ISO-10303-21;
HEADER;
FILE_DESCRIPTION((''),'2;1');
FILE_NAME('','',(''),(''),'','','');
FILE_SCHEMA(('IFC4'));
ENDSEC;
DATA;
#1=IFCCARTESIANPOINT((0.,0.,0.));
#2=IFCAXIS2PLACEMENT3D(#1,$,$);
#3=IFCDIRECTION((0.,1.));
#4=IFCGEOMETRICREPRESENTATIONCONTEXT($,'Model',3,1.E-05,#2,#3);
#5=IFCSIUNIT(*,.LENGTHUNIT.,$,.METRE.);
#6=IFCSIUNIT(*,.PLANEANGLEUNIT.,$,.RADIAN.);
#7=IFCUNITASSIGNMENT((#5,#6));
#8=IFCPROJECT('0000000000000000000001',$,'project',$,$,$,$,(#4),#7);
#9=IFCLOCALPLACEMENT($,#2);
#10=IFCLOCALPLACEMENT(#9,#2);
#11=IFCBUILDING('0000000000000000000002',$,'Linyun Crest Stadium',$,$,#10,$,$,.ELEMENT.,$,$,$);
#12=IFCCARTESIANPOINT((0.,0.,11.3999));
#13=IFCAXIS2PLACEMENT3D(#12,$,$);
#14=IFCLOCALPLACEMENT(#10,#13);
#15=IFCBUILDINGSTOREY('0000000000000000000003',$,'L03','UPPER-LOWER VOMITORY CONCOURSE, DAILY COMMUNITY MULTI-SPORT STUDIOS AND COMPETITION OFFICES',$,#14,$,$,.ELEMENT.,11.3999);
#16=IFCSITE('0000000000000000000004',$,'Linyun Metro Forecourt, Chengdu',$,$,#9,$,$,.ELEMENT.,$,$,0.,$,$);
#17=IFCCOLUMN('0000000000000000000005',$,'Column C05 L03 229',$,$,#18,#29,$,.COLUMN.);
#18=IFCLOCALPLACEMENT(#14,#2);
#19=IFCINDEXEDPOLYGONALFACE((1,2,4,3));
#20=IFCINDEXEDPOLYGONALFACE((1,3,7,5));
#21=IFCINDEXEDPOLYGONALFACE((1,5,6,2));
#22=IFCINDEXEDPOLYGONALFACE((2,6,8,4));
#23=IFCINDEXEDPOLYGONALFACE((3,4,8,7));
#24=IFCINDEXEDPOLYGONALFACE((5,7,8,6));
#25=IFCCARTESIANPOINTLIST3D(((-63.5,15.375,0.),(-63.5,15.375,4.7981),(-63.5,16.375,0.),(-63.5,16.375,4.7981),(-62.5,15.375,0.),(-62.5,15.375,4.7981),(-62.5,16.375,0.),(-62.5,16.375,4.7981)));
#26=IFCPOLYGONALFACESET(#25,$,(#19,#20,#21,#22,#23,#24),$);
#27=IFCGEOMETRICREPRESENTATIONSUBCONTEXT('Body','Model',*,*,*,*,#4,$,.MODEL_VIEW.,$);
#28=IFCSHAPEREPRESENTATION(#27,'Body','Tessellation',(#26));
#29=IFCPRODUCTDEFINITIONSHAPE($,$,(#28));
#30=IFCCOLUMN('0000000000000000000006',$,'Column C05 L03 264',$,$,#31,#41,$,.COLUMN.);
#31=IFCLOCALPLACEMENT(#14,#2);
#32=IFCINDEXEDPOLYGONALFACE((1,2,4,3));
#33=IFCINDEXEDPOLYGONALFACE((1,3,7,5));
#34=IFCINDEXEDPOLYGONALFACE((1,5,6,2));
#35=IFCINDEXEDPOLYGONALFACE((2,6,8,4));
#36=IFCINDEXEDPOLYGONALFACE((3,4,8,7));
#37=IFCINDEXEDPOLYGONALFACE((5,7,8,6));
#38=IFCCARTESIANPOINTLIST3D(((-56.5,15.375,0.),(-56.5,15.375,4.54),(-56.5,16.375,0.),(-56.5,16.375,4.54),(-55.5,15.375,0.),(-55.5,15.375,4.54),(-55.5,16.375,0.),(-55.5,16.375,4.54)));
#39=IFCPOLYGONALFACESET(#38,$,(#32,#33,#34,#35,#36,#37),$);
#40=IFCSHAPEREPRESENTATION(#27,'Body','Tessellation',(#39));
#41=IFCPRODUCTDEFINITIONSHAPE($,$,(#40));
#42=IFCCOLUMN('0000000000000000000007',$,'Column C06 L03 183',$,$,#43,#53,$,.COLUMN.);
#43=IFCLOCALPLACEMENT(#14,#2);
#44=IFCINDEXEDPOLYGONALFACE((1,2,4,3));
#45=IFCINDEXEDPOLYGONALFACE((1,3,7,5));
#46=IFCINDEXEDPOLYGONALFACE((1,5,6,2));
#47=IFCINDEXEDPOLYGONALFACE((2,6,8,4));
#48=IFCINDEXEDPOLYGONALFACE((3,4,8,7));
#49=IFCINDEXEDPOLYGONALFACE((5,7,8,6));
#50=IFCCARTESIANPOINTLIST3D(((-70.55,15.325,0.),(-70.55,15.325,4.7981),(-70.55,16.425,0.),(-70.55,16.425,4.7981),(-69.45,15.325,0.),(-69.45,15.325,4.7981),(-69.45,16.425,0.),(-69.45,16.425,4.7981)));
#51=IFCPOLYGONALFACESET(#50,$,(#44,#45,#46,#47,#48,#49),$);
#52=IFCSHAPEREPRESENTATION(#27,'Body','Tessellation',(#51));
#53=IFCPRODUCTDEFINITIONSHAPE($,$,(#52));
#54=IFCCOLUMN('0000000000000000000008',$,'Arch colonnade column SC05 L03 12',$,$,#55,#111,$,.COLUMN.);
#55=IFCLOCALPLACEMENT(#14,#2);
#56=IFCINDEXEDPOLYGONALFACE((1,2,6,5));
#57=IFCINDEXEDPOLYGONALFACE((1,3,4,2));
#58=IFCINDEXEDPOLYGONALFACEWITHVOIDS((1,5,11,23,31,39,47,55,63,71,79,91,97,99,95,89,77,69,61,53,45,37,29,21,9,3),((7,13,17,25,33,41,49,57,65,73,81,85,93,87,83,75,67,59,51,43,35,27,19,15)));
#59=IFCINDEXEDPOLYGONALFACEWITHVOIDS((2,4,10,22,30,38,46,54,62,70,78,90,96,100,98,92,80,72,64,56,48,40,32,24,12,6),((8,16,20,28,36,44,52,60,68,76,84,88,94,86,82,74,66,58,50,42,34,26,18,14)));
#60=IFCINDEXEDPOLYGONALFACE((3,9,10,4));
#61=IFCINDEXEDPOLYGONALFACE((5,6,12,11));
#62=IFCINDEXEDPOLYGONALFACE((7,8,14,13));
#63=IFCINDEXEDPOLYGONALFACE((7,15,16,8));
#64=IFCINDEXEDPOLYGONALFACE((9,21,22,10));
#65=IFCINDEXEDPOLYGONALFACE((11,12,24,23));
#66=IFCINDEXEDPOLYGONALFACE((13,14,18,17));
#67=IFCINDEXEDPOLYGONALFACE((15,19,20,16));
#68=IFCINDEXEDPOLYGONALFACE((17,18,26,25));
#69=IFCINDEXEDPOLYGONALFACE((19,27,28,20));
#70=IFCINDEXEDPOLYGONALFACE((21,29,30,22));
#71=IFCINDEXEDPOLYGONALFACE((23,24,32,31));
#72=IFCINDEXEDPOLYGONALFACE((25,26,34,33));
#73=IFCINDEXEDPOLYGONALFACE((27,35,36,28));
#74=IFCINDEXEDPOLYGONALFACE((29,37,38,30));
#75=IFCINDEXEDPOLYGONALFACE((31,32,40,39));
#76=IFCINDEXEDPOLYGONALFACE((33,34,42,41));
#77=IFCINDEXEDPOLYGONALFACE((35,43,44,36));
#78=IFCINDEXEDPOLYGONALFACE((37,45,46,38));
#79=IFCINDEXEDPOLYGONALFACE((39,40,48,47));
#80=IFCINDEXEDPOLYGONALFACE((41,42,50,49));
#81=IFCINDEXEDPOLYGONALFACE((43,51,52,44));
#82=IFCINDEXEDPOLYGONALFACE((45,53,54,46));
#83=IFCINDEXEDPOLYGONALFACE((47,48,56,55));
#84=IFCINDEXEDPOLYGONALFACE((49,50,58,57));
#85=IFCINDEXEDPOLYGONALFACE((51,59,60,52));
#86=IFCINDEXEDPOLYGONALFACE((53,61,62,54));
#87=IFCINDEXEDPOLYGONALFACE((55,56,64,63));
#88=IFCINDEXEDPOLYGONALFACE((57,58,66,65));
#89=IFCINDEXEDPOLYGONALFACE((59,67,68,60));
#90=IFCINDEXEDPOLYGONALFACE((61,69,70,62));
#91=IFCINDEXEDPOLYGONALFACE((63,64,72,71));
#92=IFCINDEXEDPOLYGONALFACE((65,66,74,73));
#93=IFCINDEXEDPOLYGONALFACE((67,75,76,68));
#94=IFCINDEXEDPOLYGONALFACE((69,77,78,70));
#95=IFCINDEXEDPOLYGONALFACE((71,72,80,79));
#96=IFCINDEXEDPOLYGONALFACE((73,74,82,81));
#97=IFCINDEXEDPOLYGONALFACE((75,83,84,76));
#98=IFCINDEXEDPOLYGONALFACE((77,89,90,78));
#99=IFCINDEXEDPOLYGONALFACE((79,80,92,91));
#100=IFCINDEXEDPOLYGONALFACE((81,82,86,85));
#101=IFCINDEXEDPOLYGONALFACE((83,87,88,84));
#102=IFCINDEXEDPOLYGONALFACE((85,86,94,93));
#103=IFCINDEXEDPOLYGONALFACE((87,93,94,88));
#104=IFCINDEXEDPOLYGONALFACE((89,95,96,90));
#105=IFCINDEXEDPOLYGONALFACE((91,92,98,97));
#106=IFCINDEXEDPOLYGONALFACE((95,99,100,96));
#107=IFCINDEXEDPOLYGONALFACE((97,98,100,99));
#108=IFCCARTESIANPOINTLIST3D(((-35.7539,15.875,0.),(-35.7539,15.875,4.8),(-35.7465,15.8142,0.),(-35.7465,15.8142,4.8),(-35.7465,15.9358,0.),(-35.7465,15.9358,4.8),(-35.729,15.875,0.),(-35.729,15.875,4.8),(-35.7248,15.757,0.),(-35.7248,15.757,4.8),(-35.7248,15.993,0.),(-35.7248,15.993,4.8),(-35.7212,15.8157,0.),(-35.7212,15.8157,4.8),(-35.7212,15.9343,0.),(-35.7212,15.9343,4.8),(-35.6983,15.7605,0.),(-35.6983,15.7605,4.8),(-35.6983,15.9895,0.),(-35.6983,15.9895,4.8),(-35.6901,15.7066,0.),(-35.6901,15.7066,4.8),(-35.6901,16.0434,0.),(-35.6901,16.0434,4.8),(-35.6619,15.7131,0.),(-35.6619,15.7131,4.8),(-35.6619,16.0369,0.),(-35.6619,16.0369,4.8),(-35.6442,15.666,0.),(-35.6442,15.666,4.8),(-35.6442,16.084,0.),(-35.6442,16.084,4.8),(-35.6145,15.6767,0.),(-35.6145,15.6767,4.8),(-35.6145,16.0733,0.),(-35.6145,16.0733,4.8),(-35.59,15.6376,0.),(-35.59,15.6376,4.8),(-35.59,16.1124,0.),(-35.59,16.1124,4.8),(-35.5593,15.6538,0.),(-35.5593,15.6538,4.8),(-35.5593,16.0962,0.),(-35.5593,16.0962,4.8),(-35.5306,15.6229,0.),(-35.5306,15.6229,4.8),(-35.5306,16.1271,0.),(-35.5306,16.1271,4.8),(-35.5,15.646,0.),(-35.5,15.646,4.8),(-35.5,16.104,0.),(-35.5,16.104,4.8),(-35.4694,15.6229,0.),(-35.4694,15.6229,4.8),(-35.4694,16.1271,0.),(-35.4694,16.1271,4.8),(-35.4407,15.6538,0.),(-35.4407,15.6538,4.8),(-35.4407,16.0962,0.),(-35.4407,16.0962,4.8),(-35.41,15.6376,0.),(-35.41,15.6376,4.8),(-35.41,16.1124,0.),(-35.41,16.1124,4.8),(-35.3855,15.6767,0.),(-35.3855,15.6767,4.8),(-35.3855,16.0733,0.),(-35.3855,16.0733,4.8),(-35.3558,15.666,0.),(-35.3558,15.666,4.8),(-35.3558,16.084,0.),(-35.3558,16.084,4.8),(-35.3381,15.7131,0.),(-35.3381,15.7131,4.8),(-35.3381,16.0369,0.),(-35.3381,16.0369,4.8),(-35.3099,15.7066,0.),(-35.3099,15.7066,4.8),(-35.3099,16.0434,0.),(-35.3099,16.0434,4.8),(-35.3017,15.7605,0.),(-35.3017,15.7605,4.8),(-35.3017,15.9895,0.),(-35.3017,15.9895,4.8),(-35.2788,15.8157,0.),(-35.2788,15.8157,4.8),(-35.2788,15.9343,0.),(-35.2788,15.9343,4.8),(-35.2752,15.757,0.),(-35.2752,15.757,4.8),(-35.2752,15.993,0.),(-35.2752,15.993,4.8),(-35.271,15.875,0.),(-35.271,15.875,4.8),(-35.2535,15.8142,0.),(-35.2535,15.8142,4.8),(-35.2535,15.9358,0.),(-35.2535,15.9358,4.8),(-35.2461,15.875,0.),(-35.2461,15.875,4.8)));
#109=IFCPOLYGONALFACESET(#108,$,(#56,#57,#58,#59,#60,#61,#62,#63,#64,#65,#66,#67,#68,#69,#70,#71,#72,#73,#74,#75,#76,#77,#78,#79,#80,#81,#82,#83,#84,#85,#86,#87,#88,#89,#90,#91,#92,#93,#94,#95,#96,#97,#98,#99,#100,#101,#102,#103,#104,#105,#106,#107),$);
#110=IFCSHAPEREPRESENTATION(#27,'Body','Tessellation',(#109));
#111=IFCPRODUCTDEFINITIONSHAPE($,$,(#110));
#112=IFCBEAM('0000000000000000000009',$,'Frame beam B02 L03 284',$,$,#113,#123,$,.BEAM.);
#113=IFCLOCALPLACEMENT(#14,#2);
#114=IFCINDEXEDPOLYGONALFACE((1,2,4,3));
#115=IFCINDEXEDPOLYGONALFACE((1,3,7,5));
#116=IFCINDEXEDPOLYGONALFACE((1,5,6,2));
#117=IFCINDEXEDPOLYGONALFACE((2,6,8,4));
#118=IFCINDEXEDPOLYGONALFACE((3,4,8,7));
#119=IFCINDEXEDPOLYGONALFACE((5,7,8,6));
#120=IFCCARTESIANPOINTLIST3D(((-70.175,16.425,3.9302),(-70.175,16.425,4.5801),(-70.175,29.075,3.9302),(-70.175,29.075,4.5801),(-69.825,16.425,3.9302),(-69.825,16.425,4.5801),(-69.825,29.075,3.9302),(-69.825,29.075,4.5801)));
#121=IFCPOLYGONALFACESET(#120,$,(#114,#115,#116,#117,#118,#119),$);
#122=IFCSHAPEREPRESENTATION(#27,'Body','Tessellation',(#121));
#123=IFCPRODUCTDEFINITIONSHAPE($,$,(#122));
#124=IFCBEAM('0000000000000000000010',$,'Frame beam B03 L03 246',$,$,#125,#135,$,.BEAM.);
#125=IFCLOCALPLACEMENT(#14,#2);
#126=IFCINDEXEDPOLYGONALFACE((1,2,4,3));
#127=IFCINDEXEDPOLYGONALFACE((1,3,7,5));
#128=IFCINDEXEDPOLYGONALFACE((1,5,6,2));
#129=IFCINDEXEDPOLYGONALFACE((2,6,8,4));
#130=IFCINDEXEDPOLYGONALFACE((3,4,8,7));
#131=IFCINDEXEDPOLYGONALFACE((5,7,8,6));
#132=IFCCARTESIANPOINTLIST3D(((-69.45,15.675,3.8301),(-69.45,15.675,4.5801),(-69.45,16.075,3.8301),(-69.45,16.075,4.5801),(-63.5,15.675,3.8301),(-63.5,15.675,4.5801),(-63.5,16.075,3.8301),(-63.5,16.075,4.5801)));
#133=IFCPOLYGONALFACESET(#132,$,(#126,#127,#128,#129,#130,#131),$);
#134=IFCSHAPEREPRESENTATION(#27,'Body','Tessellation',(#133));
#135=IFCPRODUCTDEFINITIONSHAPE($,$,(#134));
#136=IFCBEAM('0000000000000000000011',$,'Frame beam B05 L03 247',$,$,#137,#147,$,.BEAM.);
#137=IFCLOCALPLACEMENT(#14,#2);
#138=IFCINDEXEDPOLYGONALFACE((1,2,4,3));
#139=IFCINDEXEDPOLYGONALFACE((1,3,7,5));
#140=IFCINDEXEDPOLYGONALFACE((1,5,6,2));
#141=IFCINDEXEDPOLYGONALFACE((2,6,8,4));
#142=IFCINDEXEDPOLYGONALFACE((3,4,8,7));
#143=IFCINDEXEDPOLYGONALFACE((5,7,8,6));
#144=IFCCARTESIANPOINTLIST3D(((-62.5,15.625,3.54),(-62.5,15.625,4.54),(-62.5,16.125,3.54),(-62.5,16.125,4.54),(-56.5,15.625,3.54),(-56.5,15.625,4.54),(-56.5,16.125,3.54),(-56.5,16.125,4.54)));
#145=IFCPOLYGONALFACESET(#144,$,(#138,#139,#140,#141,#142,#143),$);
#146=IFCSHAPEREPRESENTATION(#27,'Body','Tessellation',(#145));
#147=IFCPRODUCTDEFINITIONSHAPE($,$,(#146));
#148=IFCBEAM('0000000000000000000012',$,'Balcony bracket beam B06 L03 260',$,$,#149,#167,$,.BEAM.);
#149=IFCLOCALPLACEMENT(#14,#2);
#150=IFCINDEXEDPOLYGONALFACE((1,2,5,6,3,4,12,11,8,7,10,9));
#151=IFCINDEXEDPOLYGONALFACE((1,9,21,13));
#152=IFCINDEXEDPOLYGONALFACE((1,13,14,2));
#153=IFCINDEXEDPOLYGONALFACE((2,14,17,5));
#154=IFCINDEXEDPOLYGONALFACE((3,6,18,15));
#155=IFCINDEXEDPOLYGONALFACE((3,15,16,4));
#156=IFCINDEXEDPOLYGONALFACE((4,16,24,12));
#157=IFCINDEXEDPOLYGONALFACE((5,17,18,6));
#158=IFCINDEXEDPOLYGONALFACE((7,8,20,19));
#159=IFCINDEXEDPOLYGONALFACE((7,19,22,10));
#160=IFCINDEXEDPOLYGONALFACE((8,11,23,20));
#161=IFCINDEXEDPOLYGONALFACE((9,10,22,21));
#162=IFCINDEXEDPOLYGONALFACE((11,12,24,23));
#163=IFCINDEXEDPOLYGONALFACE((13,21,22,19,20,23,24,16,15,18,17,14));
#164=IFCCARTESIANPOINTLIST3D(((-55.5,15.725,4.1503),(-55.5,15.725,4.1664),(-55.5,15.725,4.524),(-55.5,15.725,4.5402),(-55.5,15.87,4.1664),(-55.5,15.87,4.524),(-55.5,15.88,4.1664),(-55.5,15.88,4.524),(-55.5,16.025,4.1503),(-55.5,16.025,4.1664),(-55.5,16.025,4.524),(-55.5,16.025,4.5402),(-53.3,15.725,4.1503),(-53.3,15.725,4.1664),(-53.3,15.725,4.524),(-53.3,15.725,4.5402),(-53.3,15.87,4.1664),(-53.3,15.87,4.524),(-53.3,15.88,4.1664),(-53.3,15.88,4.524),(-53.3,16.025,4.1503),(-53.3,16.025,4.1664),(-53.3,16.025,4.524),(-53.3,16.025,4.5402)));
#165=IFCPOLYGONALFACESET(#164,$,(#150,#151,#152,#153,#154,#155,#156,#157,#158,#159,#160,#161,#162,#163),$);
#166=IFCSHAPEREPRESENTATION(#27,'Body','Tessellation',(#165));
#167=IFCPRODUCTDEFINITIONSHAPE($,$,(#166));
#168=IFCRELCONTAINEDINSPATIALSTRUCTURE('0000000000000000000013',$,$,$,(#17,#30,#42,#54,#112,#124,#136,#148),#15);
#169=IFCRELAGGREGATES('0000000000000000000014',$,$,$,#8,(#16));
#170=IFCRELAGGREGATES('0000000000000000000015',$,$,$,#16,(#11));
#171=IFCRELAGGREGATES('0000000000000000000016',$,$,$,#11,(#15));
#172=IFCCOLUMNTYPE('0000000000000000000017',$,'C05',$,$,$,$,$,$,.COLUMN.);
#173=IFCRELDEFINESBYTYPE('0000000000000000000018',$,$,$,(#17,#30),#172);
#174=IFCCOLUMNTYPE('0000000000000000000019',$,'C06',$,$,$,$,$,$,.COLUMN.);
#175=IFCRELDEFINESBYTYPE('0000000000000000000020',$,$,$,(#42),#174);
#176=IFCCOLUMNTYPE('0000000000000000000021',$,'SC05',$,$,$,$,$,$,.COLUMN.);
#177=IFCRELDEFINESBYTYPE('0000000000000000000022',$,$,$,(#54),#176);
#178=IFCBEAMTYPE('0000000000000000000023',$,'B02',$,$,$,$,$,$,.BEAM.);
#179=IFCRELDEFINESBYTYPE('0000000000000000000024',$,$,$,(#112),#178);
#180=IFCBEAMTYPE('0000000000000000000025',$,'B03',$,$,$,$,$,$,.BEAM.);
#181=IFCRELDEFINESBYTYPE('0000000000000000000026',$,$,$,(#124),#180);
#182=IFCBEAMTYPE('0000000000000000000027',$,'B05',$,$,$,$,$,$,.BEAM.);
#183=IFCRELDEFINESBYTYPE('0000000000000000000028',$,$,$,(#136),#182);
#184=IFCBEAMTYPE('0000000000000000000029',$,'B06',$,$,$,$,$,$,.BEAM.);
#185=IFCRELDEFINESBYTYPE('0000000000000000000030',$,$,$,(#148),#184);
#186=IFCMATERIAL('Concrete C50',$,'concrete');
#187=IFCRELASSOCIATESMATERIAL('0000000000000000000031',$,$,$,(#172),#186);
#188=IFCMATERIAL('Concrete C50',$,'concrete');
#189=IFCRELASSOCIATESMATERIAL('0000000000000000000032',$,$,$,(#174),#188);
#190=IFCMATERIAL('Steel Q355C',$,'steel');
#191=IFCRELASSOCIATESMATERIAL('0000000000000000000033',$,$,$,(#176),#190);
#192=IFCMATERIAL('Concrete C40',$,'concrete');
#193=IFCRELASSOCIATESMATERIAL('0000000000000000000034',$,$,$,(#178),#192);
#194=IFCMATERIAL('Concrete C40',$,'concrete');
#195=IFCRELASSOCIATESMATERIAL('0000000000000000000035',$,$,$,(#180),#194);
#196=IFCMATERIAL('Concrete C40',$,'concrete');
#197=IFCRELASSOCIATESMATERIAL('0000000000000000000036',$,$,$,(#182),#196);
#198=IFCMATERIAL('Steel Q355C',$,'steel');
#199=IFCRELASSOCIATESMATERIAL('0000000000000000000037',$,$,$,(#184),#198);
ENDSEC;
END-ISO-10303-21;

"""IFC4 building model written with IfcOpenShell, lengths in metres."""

from ifc_helpers import new_model, si_unit, direction, frame, origin, origin_2d, place, context, subcontext, project, spatial, rectangle, hollow_circle, i_section, extrude, material, material_profile, profile_set, type_object, element, save


model = new_model("IFC4")

# Units and contexts
model_context = context("Model", 3, precision=1e-05, world=origin(), true_north=direction((0.0, 1.0)))
body_context = subcontext(model_context, "Body", "Model", "MODEL_VIEW")
ifc_project = project(units=[si_unit("LENGTHUNIT", "METRE"), si_unit("PLANEANGLEUNIT", "RADIAN")], contexts=[model_context])

# Site, building, storey
site_placement = place(None, origin())
site = spatial("IfcSite", under=ifc_project, at=site_placement, Name="Linyun Metro Forecourt, Chengdu", CompositionType="ELEMENT", RefElevation=0.0)
building_placement = place(site_placement, origin())
building = spatial("IfcBuilding", under=site, at=building_placement, Name="Linyun Crest Stadium", CompositionType="ELEMENT")
storey_placement = place(building_placement, frame((0.0, 0.0, 11.3999)))
storey = spatial("IfcBuildingStorey", under=building, at=storey_placement, Name="L03", Description="UPPER-LOWER VOMITORY CONCOURSE, DAILY COMMUNITY MULTI-SPORT STUDIOS AND COMPETITION OFFICES", CompositionType="ELEMENT", Elevation=11.3999)

# Columns
ifc_material_1 = material(Name="Concrete C50", Category="concrete")
ifc_material_profile_1 = material_profile(ifc_material_1, rectangle(XDim=1.0, YDim=1.0, at=origin_2d()), Name="RC 1000x1000")
ifc_profile_set_1 = profile_set([ifc_material_profile_1], Name="Concrete C50")
column_type_1 = type_object("IfcColumnType", Name="C05", PredefinedType="COLUMN", material=ifc_profile_set_1)
column_1_placement = place(storey_placement, frame((-63.0, 15.875, 0.0), z_axis=(0.0, 0.0, 1.0), x_axis=(1.0, 0.0, 0.0)))
element("IfcColumn", 1, at=column_1_placement, inside=storey, type_object=column_type_1, Name="Column C05 L03 229", PredefinedType="COLUMN", context=body_context, shape_type="SweptSolid", body=[
    extrude(rectangle(XDim=1.0, YDim=1.0, at=origin_2d()), origin(), (0.0, 0.0, 1.0), 4.7981),
])
column_2_placement = place(storey_placement, frame((-56.0, 15.875, 0.0), z_axis=(0.0, 0.0, 1.0), x_axis=(1.0, 0.0, 0.0)))
element("IfcColumn", 2, at=column_2_placement, inside=storey, type_object=column_type_1, Name="Column C05 L03 264", PredefinedType="COLUMN", context=body_context, shape_type="SweptSolid", body=[
    extrude(rectangle(XDim=1.0, YDim=1.0, at=origin_2d()), origin(), (0.0, 0.0, 1.0), 4.54),
])
ifc_material_2 = material(Name="Concrete C50", Category="concrete")
ifc_material_profile_2 = material_profile(ifc_material_2, rectangle(XDim=1.1001, YDim=1.1001, at=origin_2d()), Name="RC 1100x1100")
ifc_profile_set_2 = profile_set([ifc_material_profile_2], Name="Concrete C50")
column_type_2 = type_object("IfcColumnType", Name="C06", PredefinedType="COLUMN", material=ifc_profile_set_2)
column_3_placement = place(storey_placement, frame((-70.0, 15.875, 0.0), z_axis=(0.0, 0.0, 1.0), x_axis=(1.0, 0.0, 0.0)))
element("IfcColumn", 3, at=column_3_placement, inside=storey, type_object=column_type_2, Name="Column C06 L03 183", PredefinedType="COLUMN", context=body_context, shape_type="SweptSolid", body=[
    extrude(rectangle(XDim=1.1001, YDim=1.1001, at=origin_2d()), origin(), (0.0, 0.0, 1.0), 4.7981),
])
ifc_material_3 = material(Name="Steel Q355C", Category="steel")
ifc_material_profile_3 = material_profile(ifc_material_3, hollow_circle(Radius=0.2539, WallThickness=0.0249, at=origin_2d()), Name="CHS 508x25")
ifc_profile_set_3 = profile_set([ifc_material_profile_3], Name="Steel Q355C")
column_type_3 = type_object("IfcColumnType", Name="SC05", PredefinedType="COLUMN", material=ifc_profile_set_3)
column_4_placement = place(storey_placement, frame((-35.5, 15.875, 0.0), z_axis=(0.0, 0.0, 1.0), x_axis=(1.0, 0.0, 0.0)))
element("IfcColumn", 4, at=column_4_placement, inside=storey, type_object=column_type_3, Name="Arch colonnade column SC05 L03 12", PredefinedType="COLUMN", context=body_context, shape_type="SweptSolid", body=[
    extrude(hollow_circle(Radius=0.2539, WallThickness=0.0249, at=origin_2d()), origin(), (0.0, 0.0, 1.0), 4.8),
])

# Beams
ifc_material_4 = material(Name="Concrete C40", Category="concrete")
ifc_material_profile_4 = material_profile(ifc_material_4, rectangle(XDim=0.3501, YDim=0.6499, at=origin_2d()), Name="RCB 650x350")
ifc_profile_set_4 = profile_set([ifc_material_profile_4], Name="Concrete C40")
beam_type_1 = type_object("IfcBeamType", Name="B02", PredefinedType="BEAM", material=ifc_profile_set_4)
beam_1_placement = place(storey_placement, frame((-70.0, 16.425, 4.2551), z_axis=(0.0, 1.0, 0.0), x_axis=(-1.0, 0.0, 0.0)))
element("IfcBeam", 5, at=beam_1_placement, inside=storey, type_object=beam_type_1, Name="Frame beam B02 L03 284", PredefinedType="BEAM", context=body_context, shape_type="SweptSolid", body=[
    extrude(rectangle(XDim=0.3501, YDim=0.6499, at=origin_2d()), origin(), (0.0, 0.0, 1.0), 12.6499),
])
ifc_material_5 = material(Name="Concrete C40", Category="concrete")
ifc_material_profile_5 = material_profile(ifc_material_5, rectangle(XDim=0.3999, YDim=0.75, at=origin_2d()), Name="RCB 750x400")
ifc_profile_set_5 = profile_set([ifc_material_profile_5], Name="Concrete C40")
beam_type_2 = type_object("IfcBeamType", Name="B03", PredefinedType="BEAM", material=ifc_profile_set_5)
beam_2_placement = place(storey_placement, frame((-69.45, 15.875, 4.2051), z_axis=(1.0, 0.0, 0.0), x_axis=(0.0, 1.0, 0.0)))
element("IfcBeam", 6, at=beam_2_placement, inside=storey, type_object=beam_type_2, Name="Frame beam B03 L03 246", PredefinedType="BEAM", context=body_context, shape_type="SweptSolid", body=[
    extrude(rectangle(XDim=0.3999, YDim=0.75, at=origin_2d()), origin(), (0.0, 0.0, 1.0), 5.95),
])
ifc_material_6 = material(Name="Concrete C40", Category="concrete")
ifc_material_profile_6 = material_profile(ifc_material_6, rectangle(XDim=0.5, YDim=1.0, at=origin_2d()), Name="RCB 1000x500")
ifc_profile_set_6 = profile_set([ifc_material_profile_6], Name="Concrete C40")
beam_type_3 = type_object("IfcBeamType", Name="B05", PredefinedType="BEAM", material=ifc_profile_set_6)
beam_3_placement = place(storey_placement, frame((-62.5, 15.875, 4.04), z_axis=(1.0, 0.0, 0.0), x_axis=(0.0, 1.0, 0.0)))
element("IfcBeam", 7, at=beam_3_placement, inside=storey, type_object=beam_type_3, Name="Frame beam B05 L03 247", PredefinedType="BEAM", context=body_context, shape_type="SweptSolid", body=[
    extrude(rectangle(XDim=0.5, YDim=1.0, at=origin_2d()), origin(), (0.0, 0.0, 1.0), 6.0),
])
ifc_material_7 = material(Name="Steel Q355C", Category="steel")
ifc_material_profile_7 = material_profile(ifc_material_7, i_section(OverallWidth=0.3, OverallDepth=0.3899, WebThickness=0.01, FlangeThickness=0.0161, at=origin_2d()), Name="HM 390x300")
ifc_profile_set_7 = profile_set([ifc_material_profile_7], Name="Steel Q355C")
beam_type_4 = type_object("IfcBeamType", Name="B06", PredefinedType="BEAM", material=ifc_profile_set_7)
beam_4_placement = place(storey_placement, frame((-55.5, 15.875, 4.3452), z_axis=(1.0, 0.0, 0.0), x_axis=(0.0, 1.0, 0.0)))
element("IfcBeam", 8, at=beam_4_placement, inside=storey, type_object=beam_type_4, Name="Balcony bracket beam B06 L03 260", PredefinedType="BEAM", context=body_context, shape_type="SweptSolid", body=[
    extrude(i_section(OverallWidth=0.3, OverallDepth=0.3899, WebThickness=0.01, FlangeThickness=0.0161, at=origin_2d()), origin(), (0.0, 0.0, 1.0), 2.2),
])

save(model, "model.ifc")
